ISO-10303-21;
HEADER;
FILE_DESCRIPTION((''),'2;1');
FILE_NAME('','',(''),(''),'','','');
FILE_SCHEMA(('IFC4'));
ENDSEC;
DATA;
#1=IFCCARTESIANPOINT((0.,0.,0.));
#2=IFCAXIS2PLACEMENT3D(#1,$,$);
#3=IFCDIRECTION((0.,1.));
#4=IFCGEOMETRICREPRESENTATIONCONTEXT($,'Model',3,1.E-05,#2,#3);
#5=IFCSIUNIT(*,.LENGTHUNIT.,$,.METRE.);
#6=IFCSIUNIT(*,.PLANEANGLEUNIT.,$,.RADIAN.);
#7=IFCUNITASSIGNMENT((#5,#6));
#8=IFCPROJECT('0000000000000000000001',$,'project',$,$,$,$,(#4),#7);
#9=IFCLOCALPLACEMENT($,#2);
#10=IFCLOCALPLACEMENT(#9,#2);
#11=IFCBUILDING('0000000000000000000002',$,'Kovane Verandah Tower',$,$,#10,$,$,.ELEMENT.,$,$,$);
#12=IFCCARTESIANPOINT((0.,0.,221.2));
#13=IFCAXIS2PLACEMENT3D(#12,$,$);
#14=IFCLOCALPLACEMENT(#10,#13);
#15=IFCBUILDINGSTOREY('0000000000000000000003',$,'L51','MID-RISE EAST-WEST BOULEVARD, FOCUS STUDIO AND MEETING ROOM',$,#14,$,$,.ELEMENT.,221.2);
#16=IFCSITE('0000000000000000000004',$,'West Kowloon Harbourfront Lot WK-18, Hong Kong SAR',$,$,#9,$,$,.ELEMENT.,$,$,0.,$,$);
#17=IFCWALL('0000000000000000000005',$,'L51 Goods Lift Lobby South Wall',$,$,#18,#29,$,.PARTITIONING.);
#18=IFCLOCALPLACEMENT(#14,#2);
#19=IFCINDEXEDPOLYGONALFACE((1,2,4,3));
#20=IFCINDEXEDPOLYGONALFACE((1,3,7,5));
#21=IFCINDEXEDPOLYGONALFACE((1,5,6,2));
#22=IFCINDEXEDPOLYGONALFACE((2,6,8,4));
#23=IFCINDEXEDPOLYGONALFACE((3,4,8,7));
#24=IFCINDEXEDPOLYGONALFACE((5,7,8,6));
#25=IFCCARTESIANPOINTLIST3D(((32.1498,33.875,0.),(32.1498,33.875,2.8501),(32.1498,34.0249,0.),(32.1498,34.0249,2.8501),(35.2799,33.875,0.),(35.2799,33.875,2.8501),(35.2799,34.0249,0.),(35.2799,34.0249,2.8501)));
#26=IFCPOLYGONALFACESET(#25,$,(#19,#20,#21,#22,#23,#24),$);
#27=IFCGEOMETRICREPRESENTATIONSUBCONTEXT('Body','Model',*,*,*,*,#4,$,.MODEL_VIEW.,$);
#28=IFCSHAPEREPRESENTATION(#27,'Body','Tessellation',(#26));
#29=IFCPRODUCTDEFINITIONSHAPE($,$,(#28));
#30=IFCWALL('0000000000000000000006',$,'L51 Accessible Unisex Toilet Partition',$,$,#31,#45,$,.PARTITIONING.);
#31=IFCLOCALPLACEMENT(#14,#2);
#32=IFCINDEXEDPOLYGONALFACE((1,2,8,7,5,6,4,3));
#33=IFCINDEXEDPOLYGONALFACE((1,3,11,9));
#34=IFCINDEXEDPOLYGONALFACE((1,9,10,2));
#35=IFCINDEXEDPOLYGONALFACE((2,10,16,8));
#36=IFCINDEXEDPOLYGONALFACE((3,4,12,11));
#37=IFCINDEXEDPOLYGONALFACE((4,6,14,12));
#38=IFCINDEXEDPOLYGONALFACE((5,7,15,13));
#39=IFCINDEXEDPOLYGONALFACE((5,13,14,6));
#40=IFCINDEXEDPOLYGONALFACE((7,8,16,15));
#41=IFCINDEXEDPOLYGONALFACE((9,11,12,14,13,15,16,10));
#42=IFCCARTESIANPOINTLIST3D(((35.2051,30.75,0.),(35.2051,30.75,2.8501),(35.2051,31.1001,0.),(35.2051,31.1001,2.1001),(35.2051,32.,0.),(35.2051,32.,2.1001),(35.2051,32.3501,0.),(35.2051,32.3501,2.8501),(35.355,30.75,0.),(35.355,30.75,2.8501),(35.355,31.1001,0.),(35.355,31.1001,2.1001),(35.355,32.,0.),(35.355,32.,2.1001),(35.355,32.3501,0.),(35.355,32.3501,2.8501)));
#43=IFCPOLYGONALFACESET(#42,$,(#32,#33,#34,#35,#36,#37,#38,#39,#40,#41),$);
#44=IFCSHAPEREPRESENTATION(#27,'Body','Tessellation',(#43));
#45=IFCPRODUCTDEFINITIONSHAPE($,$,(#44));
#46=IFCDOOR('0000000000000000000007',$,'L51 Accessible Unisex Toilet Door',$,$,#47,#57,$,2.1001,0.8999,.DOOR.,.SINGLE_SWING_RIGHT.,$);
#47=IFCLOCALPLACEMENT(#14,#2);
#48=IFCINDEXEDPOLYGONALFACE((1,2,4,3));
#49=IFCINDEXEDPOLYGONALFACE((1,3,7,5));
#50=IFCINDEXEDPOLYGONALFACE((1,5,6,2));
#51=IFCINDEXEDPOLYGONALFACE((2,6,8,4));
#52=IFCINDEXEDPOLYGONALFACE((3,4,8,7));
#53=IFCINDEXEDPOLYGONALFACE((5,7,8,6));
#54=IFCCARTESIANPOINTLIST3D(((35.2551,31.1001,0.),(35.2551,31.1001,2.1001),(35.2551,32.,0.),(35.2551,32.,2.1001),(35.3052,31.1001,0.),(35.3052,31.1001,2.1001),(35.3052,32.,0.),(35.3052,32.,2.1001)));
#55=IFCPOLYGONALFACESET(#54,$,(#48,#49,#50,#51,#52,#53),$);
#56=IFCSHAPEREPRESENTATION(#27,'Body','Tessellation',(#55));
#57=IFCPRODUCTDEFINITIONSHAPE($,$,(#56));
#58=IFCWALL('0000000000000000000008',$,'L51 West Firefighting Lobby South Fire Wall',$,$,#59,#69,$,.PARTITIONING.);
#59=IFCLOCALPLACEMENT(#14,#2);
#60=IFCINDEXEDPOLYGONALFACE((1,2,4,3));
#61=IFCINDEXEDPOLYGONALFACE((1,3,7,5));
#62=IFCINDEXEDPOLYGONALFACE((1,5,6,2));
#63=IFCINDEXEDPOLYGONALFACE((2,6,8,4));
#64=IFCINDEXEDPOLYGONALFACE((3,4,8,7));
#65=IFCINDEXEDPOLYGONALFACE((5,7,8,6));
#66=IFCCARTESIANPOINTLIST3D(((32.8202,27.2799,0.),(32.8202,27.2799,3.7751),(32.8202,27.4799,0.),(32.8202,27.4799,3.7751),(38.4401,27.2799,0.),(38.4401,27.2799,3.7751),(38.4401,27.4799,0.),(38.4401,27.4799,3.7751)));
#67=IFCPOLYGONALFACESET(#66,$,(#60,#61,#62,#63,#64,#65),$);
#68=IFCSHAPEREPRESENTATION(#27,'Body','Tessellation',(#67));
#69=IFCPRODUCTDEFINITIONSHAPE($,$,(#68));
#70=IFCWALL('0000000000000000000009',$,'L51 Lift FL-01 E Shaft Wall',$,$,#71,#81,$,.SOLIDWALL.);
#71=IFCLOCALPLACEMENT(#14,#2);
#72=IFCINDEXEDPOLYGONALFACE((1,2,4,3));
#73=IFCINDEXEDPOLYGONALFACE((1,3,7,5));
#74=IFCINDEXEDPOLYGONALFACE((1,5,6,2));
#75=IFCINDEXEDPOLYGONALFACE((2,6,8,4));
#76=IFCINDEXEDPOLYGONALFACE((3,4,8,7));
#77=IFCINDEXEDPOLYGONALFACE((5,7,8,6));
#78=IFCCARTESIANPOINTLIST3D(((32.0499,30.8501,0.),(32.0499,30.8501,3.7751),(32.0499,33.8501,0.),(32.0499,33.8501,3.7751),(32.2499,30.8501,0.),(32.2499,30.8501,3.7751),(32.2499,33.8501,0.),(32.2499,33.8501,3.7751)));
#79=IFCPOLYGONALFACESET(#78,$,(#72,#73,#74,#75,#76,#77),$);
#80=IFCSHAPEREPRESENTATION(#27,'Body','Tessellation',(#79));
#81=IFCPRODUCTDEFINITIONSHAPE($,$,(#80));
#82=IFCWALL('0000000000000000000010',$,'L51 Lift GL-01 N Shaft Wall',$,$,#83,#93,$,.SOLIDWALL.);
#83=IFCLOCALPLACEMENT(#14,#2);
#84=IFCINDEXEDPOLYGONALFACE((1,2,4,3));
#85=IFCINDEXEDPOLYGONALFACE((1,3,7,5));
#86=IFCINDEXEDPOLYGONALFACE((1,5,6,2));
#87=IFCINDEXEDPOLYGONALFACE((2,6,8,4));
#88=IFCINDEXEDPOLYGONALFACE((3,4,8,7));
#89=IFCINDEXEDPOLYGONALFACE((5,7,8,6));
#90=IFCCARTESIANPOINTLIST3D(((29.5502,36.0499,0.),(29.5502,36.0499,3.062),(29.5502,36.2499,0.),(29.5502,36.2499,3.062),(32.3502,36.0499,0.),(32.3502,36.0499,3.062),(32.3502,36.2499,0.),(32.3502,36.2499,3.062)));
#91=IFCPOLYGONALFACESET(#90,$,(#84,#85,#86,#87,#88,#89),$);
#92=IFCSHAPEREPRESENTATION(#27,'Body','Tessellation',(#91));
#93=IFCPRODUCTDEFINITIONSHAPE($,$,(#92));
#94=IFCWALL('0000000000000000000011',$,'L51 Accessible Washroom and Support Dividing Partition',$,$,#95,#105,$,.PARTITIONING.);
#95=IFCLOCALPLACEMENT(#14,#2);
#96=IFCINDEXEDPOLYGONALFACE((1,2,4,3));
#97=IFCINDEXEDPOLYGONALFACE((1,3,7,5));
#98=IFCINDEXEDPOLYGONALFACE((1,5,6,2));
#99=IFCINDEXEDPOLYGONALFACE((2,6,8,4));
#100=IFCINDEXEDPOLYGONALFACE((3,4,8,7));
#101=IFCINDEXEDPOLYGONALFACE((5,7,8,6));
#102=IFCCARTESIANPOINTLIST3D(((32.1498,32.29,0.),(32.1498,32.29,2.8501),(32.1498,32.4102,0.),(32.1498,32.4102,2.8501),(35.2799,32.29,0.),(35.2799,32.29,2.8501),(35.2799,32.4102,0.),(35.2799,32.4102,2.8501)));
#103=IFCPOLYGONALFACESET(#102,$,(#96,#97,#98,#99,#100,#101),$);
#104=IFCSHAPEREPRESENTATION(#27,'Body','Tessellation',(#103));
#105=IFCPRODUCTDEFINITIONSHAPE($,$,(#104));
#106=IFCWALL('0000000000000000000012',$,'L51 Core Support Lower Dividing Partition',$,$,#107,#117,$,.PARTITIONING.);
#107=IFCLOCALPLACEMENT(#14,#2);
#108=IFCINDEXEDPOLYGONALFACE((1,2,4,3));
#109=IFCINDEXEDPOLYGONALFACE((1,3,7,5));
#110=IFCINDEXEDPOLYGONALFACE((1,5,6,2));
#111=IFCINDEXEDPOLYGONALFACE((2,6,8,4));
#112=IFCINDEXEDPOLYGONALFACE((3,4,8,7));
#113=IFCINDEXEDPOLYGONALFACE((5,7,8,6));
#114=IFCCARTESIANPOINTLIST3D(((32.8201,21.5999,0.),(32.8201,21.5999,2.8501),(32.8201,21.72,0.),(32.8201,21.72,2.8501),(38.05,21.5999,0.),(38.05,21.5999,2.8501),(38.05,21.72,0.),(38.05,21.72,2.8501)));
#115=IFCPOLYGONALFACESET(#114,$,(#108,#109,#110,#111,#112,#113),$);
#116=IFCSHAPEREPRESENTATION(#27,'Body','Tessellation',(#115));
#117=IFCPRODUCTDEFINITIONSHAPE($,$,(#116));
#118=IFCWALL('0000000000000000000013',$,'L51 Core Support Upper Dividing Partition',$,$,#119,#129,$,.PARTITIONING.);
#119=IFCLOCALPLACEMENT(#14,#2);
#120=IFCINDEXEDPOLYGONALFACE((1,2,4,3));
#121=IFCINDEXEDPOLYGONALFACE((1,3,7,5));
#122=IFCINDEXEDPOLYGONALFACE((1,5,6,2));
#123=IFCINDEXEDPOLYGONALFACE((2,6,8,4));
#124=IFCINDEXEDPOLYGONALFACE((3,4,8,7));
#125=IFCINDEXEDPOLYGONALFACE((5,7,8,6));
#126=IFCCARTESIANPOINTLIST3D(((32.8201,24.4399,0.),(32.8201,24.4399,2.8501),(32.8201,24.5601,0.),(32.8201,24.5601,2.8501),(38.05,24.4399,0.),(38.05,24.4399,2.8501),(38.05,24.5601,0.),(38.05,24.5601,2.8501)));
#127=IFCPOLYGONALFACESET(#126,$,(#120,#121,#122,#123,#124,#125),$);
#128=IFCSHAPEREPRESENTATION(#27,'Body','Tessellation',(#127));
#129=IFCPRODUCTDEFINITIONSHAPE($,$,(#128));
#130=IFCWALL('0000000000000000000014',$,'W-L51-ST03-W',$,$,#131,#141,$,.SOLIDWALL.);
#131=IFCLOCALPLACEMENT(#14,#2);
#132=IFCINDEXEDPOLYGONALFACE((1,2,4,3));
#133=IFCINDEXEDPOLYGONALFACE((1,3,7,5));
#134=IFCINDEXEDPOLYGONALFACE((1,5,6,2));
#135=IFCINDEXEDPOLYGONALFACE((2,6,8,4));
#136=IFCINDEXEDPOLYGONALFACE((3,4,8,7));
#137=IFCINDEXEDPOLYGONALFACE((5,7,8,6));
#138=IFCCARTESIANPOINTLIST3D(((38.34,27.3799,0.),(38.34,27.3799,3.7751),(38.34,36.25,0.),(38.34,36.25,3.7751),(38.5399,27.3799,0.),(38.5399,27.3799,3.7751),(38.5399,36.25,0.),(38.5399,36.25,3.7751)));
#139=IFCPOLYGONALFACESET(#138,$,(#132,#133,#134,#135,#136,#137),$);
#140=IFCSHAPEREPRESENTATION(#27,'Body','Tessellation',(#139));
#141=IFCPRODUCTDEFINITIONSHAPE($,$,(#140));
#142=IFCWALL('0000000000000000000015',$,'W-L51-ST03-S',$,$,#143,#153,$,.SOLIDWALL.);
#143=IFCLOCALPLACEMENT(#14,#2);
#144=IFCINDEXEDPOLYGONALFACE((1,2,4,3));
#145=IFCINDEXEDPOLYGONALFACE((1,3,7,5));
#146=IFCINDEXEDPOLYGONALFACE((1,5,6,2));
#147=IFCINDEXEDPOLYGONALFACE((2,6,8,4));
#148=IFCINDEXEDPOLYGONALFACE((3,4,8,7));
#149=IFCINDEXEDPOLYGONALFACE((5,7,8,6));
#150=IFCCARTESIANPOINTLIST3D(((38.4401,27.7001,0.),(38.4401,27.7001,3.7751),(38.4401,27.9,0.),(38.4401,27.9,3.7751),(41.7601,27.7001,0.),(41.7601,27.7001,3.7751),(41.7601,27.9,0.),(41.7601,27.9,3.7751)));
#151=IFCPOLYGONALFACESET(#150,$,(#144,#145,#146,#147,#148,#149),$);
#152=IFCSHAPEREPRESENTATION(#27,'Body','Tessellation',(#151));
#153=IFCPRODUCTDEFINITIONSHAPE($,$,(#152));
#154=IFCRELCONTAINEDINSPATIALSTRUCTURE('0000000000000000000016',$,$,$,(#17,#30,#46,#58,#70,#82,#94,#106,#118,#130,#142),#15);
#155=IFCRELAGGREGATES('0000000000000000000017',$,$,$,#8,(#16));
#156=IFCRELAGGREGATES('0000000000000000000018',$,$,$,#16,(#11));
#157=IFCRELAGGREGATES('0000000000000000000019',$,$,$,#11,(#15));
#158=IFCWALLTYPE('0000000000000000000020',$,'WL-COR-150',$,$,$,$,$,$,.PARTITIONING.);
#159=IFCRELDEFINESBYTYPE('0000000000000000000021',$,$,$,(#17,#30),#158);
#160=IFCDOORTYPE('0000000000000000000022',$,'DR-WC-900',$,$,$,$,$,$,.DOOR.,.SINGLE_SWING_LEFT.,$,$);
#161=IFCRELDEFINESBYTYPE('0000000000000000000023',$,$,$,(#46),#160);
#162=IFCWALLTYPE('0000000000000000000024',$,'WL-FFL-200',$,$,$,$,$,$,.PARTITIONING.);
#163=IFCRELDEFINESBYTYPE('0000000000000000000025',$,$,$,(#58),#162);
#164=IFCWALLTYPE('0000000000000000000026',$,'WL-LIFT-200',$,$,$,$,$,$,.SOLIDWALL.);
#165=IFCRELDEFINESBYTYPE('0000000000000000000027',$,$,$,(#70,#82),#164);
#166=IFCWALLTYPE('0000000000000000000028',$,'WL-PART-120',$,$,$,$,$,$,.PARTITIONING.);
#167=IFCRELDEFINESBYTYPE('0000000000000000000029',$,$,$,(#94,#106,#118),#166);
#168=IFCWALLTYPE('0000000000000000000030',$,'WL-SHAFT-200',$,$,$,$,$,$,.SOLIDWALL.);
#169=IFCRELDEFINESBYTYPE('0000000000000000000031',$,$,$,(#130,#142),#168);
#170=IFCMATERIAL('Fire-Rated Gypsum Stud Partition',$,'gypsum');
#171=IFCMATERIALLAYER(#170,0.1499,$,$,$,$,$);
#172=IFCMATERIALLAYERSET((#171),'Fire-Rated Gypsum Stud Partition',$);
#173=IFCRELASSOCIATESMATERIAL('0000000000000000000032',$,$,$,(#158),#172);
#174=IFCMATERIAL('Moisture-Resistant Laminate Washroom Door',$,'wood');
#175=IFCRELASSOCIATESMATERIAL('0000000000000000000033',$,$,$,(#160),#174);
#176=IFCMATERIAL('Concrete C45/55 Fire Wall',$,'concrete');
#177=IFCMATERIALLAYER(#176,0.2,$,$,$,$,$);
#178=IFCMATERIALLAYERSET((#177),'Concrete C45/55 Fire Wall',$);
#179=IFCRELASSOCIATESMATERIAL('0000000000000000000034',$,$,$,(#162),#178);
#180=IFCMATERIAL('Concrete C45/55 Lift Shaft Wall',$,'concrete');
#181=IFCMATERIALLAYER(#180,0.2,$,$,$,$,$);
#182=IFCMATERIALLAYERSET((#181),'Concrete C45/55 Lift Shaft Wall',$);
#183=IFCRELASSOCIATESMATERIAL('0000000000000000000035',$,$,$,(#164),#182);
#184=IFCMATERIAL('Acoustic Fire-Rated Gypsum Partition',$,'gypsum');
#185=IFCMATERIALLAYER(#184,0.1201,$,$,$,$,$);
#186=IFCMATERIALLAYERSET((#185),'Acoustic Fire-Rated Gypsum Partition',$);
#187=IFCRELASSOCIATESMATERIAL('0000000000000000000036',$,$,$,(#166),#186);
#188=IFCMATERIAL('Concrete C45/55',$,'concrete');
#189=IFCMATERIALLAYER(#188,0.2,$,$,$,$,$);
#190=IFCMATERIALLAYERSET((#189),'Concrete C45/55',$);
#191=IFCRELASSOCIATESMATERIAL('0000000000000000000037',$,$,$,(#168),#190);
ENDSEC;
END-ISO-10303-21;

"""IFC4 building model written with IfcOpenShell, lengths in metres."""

from ifc_helpers import new_model, si_unit, direction, frame, frame_2d, origin, place, context, subcontext, project, spatial, rectangle, extrude, material, layer, layer_set, type_object, element, fill, save


model = new_model("IFC4")

# Units and contexts
model_context = context("Model", 3, precision=1e-05, world=origin(), true_north=direction((0.0, 1.0)))
body_context = subcontext(model_context, "Body", "Model", "MODEL_VIEW")
ifc_project = project(units=[si_unit("LENGTHUNIT", "METRE"), si_unit("PLANEANGLEUNIT", "RADIAN")], contexts=[model_context])

# Site, building, storey
site_placement = place(None, origin())
site = spatial("IfcSite", under=ifc_project, at=site_placement, Name="West Kowloon Harbourfront Lot WK-18, Hong Kong SAR", CompositionType="ELEMENT", RefElevation=0.0)
building_placement = place(site_placement, origin())
building = spatial("IfcBuilding", under=site, at=building_placement, Name="Kovane Verandah Tower", CompositionType="ELEMENT")
storey_placement = place(building_placement, frame((0.0, 0.0, 221.2)))
storey = spatial("IfcBuildingStorey", under=building, at=storey_placement, Name="L51", Description="MID-RISE EAST-WEST BOULEVARD, FOCUS STUDIO AND MEETING ROOM", CompositionType="ELEMENT", Elevation=221.2)

# Wall
ifc_material_1 = material(Name="Fire-Rated Gypsum Stud Partition", Category="gypsum")
ifc_layer_1 = layer(ifc_material_1, 0.1499)
ifc_layer_set_1 = layer_set([ifc_layer_1], Name="Fire-Rated Gypsum Stud Partition")
wall_type_1 = type_object("IfcWallType", Name="WL-COR-150", PredefinedType="PARTITIONING", material=ifc_layer_set_1)
wall_1_placement = place(storey_placement, frame((32.1499, 33.95, 0.0), z_axis=(0.0, 0.0, 1.0), x_axis=(1.0, 0.0, 0.0)))
element("IfcWall", 1, at=wall_1_placement, inside=storey, type_object=wall_type_1, Name="L51 Goods Lift Lobby South Wall", PredefinedType="PARTITIONING", context=body_context, shape_type="SweptSolid", body=[
    extrude(rectangle(XDim=3.1301, YDim=0.1499, at=frame_2d((1.5649, 0.0))), origin(), (0.0, 0.0, 1.0), 2.8501),
])

# Wall, opening, door
wall_2_placement = place(storey_placement, frame((35.28, 30.75, 0.0), z_axis=(0.0, 0.0, 1.0), x_axis=(0.0, 1.0, 0.0)))
wall_2 = element("IfcWall", 2, at=wall_2_placement, inside=storey, type_object=wall_type_1, Name="L51 Accessible Unisex Toilet Partition", PredefinedType="PARTITIONING", context=body_context, shape_type="SweptSolid", body=[
    extrude(rectangle(XDim=1.6001, YDim=0.1499, at=frame_2d((0.8, 0.0))), origin(), (0.0, 0.0, 1.0), 2.8501),
])
opening_1_placement = place(wall_2_placement, frame((0.3501, 0.0, 0.0)))
opening_1 = element("IfcOpeningElement", 3, at=opening_1_placement, cuts=wall_2, PredefinedType="OPENING", context=body_context, shape_type="SweptSolid", body=[
    extrude(rectangle(XDim=0.8999, YDim=2.1001, at=frame_2d((0.45, 1.05))), frame((0.0, 0.075, 0.0), z_axis=(0.0, -1.0, 0.0), x_axis=(1.0, 0.0, 0.0)), (0.0, 0.0, 1.0), 0.1499),
])
ifc_material_2 = material(Name="Moisture-Resistant Laminate Washroom Door", Category="wood")
door_type_1 = type_object("IfcDoorType", Name="DR-WC-900", OperationType="SINGLE_SWING_LEFT", PredefinedType="DOOR", material=ifc_material_2)
door_1_placement = place(opening_1_placement, origin())
door_1 = element("IfcDoor", 4, at=door_1_placement, inside=storey, type_object=door_type_1, Name="L51 Accessible Unisex Toilet Door", OperationType="SINGLE_SWING_RIGHT", OverallHeight=2.1001, OverallWidth=0.8999, PredefinedType="DOOR", context=body_context, shape_type="SweptSolid", body=[
    extrude(rectangle(XDim=0.8999, YDim=2.1001, at=frame_2d((0.45, 1.05))), frame((0.0, 0.0249, 0.0), z_axis=(0.0, -1.0, 0.0), x_axis=(1.0, 0.0, 0.0)), (0.0, 0.0, 1.0), 0.05),
])
fill(opening_1, door_1)
ifc_material_3 = material(Name="Concrete C45/55 Fire Wall", Category="concrete")
ifc_layer_2 = layer(ifc_material_3, 0.2)
ifc_layer_set_2 = layer_set([ifc_layer_2], Name="Concrete C45/55 Fire Wall")
wall_type_2 = type_object("IfcWallType", Name="WL-FFL-200", PredefinedType="PARTITIONING", material=ifc_layer_set_2)

# Walls
wall_3_placement = place(storey_placement, frame((32.8201, 27.3799, 0.0), z_axis=(0.0, 0.0, 1.0), x_axis=(1.0, 0.0, 0.0)))
element("IfcWall", 5, at=wall_3_placement, inside=storey, type_object=wall_type_2, Name="L51 West Firefighting Lobby South Fire Wall", PredefinedType="PARTITIONING", context=body_context, shape_type="SweptSolid", body=[
    extrude(rectangle(XDim=5.6199, YDim=0.2, at=frame_2d((2.8101, 0.0))), origin(), (0.0, 0.0, 1.0), 3.7751),
])
ifc_material_4 = material(Name="Concrete C45/55 Lift Shaft Wall", Category="concrete")
ifc_layer_3 = layer(ifc_material_4, 0.2)
ifc_layer_set_3 = layer_set([ifc_layer_3], Name="Concrete C45/55 Lift Shaft Wall")
wall_type_3 = type_object("IfcWallType", Name="WL-LIFT-200", PredefinedType="SOLIDWALL", material=ifc_layer_set_3)
wall_4_placement = place(storey_placement, frame((32.1499, 30.8501, 0.0), z_axis=(0.0, 0.0, 1.0), x_axis=(0.0, 1.0, 0.0)))
element("IfcWall", 6, at=wall_4_placement, inside=storey, type_object=wall_type_3, Name="L51 Lift FL-01 E Shaft Wall", PredefinedType="SOLIDWALL", context=body_context, shape_type="SweptSolid", body=[
    extrude(rectangle(XDim=3.0, YDim=0.2, at=frame_2d((1.5, 0.0))), origin(), (0.0, 0.0, 1.0), 3.7751),
])
wall_5_placement = place(storey_placement, frame((32.3501, 36.1499, 0.0), z_axis=(0.0, 0.0, 1.0), x_axis=(-1.0, 0.0, 0.0)))
element("IfcWall", 7, at=wall_5_placement, inside=storey, type_object=wall_type_3, Name="L51 Lift GL-01 N Shaft Wall", PredefinedType="SOLIDWALL", context=body_context, shape_type="SweptSolid", body=[
    extrude(rectangle(XDim=2.8, YDim=0.2, at=frame_2d((1.3999, 0.0))), origin(), (0.0, 0.0, 1.0), 3.062),
])

# Walls
ifc_material_5 = material(Name="Acoustic Fire-Rated Gypsum Partition", Category="gypsum")
ifc_layer_4 = layer(ifc_material_5, 0.1201)
ifc_layer_set_4 = layer_set([ifc_layer_4], Name="Acoustic Fire-Rated Gypsum Partition")
wall_type_4 = type_object("IfcWallType", Name="WL-PART-120", PredefinedType="PARTITIONING", material=ifc_layer_set_4)
wall_6_placement = place(storey_placement, frame((32.1499, 32.3501, 0.0), z_axis=(0.0, 0.0, 1.0), x_axis=(1.0, 0.0, 0.0)))
element("IfcWall", 8, at=wall_6_placement, inside=storey, type_object=wall_type_4, Name="L51 Accessible Washroom and Support Dividing Partition", PredefinedType="PARTITIONING", context=body_context, shape_type="SweptSolid", body=[
    extrude(rectangle(XDim=3.1301, YDim=0.1201, at=frame_2d((1.5649, 0.0))), origin(), (0.0, 0.0, 1.0), 2.8501),
])
for number, where, z_axis, x_axis, name in (
    (9, (32.8201, 21.6599, 0.0), (0.0, 0.0, 1.0), (1.0, 0.0, 0.0), "L51 Core Support Lower Dividing Partition"),
    (10, (32.8201, 24.5, 0.0), (0.0, 0.0, 1.0), (1.0, 0.0, 0.0), "L51 Core Support Upper Dividing Partition"),
):
    element("IfcWall", number, at=place(storey_placement, frame(where, z_axis=z_axis, x_axis=x_axis)), inside=storey, type_object=wall_type_4, Name=name, PredefinedType="PARTITIONING", context=body_context, shape_type="SweptSolid", body=[
        extrude(rectangle(XDim=5.23, YDim=0.1201, at=frame_2d((2.615, 0.0))), origin(), (0.0, 0.0, 1.0), 2.8501),
    ])
ifc_material_6 = material(Name="Concrete C45/55", Category="concrete")
ifc_layer_5 = layer(ifc_material_6, 0.2)
ifc_layer_set_5 = layer_set([ifc_layer_5], Name="Concrete C45/55")
wall_type_5 = type_object("IfcWallType", Name="WL-SHAFT-200", PredefinedType="SOLIDWALL", material=ifc_layer_set_5)
wall_7_placement = place(storey_placement, frame((38.4399, 27.3799, 0.0), z_axis=(0.0, 0.0, 1.0), x_axis=(0.0, 1.0, 0.0)))
element("IfcWall", 11, at=wall_7_placement, inside=storey, type_object=wall_type_5, Name="W-L51-ST03-W", PredefinedType="SOLIDWALL", context=body_context, shape_type="SweptSolid", body=[
    extrude(rectangle(XDim=8.8701, YDim=0.2, at=frame_2d((4.4351, 0.0))), origin(), (0.0, 0.0, 1.0), 3.7751),
])
wall_8_placement = place(storey_placement, frame((38.4399, 27.8, 0.0), z_axis=(0.0, 0.0, 1.0), x_axis=(1.0, 0.0, 0.0)))
element("IfcWall", 12, at=wall_8_placement, inside=storey, type_object=wall_type_5, Name="W-L51-ST03-S", PredefinedType="SOLIDWALL", context=body_context, shape_type="SweptSolid", body=[
    extrude(rectangle(XDim=3.3201, YDim=0.2, at=frame_2d((1.6602, 0.0))), origin(), (0.0, 0.0, 1.0), 3.7751),
])

save(model, "model.ifc")
